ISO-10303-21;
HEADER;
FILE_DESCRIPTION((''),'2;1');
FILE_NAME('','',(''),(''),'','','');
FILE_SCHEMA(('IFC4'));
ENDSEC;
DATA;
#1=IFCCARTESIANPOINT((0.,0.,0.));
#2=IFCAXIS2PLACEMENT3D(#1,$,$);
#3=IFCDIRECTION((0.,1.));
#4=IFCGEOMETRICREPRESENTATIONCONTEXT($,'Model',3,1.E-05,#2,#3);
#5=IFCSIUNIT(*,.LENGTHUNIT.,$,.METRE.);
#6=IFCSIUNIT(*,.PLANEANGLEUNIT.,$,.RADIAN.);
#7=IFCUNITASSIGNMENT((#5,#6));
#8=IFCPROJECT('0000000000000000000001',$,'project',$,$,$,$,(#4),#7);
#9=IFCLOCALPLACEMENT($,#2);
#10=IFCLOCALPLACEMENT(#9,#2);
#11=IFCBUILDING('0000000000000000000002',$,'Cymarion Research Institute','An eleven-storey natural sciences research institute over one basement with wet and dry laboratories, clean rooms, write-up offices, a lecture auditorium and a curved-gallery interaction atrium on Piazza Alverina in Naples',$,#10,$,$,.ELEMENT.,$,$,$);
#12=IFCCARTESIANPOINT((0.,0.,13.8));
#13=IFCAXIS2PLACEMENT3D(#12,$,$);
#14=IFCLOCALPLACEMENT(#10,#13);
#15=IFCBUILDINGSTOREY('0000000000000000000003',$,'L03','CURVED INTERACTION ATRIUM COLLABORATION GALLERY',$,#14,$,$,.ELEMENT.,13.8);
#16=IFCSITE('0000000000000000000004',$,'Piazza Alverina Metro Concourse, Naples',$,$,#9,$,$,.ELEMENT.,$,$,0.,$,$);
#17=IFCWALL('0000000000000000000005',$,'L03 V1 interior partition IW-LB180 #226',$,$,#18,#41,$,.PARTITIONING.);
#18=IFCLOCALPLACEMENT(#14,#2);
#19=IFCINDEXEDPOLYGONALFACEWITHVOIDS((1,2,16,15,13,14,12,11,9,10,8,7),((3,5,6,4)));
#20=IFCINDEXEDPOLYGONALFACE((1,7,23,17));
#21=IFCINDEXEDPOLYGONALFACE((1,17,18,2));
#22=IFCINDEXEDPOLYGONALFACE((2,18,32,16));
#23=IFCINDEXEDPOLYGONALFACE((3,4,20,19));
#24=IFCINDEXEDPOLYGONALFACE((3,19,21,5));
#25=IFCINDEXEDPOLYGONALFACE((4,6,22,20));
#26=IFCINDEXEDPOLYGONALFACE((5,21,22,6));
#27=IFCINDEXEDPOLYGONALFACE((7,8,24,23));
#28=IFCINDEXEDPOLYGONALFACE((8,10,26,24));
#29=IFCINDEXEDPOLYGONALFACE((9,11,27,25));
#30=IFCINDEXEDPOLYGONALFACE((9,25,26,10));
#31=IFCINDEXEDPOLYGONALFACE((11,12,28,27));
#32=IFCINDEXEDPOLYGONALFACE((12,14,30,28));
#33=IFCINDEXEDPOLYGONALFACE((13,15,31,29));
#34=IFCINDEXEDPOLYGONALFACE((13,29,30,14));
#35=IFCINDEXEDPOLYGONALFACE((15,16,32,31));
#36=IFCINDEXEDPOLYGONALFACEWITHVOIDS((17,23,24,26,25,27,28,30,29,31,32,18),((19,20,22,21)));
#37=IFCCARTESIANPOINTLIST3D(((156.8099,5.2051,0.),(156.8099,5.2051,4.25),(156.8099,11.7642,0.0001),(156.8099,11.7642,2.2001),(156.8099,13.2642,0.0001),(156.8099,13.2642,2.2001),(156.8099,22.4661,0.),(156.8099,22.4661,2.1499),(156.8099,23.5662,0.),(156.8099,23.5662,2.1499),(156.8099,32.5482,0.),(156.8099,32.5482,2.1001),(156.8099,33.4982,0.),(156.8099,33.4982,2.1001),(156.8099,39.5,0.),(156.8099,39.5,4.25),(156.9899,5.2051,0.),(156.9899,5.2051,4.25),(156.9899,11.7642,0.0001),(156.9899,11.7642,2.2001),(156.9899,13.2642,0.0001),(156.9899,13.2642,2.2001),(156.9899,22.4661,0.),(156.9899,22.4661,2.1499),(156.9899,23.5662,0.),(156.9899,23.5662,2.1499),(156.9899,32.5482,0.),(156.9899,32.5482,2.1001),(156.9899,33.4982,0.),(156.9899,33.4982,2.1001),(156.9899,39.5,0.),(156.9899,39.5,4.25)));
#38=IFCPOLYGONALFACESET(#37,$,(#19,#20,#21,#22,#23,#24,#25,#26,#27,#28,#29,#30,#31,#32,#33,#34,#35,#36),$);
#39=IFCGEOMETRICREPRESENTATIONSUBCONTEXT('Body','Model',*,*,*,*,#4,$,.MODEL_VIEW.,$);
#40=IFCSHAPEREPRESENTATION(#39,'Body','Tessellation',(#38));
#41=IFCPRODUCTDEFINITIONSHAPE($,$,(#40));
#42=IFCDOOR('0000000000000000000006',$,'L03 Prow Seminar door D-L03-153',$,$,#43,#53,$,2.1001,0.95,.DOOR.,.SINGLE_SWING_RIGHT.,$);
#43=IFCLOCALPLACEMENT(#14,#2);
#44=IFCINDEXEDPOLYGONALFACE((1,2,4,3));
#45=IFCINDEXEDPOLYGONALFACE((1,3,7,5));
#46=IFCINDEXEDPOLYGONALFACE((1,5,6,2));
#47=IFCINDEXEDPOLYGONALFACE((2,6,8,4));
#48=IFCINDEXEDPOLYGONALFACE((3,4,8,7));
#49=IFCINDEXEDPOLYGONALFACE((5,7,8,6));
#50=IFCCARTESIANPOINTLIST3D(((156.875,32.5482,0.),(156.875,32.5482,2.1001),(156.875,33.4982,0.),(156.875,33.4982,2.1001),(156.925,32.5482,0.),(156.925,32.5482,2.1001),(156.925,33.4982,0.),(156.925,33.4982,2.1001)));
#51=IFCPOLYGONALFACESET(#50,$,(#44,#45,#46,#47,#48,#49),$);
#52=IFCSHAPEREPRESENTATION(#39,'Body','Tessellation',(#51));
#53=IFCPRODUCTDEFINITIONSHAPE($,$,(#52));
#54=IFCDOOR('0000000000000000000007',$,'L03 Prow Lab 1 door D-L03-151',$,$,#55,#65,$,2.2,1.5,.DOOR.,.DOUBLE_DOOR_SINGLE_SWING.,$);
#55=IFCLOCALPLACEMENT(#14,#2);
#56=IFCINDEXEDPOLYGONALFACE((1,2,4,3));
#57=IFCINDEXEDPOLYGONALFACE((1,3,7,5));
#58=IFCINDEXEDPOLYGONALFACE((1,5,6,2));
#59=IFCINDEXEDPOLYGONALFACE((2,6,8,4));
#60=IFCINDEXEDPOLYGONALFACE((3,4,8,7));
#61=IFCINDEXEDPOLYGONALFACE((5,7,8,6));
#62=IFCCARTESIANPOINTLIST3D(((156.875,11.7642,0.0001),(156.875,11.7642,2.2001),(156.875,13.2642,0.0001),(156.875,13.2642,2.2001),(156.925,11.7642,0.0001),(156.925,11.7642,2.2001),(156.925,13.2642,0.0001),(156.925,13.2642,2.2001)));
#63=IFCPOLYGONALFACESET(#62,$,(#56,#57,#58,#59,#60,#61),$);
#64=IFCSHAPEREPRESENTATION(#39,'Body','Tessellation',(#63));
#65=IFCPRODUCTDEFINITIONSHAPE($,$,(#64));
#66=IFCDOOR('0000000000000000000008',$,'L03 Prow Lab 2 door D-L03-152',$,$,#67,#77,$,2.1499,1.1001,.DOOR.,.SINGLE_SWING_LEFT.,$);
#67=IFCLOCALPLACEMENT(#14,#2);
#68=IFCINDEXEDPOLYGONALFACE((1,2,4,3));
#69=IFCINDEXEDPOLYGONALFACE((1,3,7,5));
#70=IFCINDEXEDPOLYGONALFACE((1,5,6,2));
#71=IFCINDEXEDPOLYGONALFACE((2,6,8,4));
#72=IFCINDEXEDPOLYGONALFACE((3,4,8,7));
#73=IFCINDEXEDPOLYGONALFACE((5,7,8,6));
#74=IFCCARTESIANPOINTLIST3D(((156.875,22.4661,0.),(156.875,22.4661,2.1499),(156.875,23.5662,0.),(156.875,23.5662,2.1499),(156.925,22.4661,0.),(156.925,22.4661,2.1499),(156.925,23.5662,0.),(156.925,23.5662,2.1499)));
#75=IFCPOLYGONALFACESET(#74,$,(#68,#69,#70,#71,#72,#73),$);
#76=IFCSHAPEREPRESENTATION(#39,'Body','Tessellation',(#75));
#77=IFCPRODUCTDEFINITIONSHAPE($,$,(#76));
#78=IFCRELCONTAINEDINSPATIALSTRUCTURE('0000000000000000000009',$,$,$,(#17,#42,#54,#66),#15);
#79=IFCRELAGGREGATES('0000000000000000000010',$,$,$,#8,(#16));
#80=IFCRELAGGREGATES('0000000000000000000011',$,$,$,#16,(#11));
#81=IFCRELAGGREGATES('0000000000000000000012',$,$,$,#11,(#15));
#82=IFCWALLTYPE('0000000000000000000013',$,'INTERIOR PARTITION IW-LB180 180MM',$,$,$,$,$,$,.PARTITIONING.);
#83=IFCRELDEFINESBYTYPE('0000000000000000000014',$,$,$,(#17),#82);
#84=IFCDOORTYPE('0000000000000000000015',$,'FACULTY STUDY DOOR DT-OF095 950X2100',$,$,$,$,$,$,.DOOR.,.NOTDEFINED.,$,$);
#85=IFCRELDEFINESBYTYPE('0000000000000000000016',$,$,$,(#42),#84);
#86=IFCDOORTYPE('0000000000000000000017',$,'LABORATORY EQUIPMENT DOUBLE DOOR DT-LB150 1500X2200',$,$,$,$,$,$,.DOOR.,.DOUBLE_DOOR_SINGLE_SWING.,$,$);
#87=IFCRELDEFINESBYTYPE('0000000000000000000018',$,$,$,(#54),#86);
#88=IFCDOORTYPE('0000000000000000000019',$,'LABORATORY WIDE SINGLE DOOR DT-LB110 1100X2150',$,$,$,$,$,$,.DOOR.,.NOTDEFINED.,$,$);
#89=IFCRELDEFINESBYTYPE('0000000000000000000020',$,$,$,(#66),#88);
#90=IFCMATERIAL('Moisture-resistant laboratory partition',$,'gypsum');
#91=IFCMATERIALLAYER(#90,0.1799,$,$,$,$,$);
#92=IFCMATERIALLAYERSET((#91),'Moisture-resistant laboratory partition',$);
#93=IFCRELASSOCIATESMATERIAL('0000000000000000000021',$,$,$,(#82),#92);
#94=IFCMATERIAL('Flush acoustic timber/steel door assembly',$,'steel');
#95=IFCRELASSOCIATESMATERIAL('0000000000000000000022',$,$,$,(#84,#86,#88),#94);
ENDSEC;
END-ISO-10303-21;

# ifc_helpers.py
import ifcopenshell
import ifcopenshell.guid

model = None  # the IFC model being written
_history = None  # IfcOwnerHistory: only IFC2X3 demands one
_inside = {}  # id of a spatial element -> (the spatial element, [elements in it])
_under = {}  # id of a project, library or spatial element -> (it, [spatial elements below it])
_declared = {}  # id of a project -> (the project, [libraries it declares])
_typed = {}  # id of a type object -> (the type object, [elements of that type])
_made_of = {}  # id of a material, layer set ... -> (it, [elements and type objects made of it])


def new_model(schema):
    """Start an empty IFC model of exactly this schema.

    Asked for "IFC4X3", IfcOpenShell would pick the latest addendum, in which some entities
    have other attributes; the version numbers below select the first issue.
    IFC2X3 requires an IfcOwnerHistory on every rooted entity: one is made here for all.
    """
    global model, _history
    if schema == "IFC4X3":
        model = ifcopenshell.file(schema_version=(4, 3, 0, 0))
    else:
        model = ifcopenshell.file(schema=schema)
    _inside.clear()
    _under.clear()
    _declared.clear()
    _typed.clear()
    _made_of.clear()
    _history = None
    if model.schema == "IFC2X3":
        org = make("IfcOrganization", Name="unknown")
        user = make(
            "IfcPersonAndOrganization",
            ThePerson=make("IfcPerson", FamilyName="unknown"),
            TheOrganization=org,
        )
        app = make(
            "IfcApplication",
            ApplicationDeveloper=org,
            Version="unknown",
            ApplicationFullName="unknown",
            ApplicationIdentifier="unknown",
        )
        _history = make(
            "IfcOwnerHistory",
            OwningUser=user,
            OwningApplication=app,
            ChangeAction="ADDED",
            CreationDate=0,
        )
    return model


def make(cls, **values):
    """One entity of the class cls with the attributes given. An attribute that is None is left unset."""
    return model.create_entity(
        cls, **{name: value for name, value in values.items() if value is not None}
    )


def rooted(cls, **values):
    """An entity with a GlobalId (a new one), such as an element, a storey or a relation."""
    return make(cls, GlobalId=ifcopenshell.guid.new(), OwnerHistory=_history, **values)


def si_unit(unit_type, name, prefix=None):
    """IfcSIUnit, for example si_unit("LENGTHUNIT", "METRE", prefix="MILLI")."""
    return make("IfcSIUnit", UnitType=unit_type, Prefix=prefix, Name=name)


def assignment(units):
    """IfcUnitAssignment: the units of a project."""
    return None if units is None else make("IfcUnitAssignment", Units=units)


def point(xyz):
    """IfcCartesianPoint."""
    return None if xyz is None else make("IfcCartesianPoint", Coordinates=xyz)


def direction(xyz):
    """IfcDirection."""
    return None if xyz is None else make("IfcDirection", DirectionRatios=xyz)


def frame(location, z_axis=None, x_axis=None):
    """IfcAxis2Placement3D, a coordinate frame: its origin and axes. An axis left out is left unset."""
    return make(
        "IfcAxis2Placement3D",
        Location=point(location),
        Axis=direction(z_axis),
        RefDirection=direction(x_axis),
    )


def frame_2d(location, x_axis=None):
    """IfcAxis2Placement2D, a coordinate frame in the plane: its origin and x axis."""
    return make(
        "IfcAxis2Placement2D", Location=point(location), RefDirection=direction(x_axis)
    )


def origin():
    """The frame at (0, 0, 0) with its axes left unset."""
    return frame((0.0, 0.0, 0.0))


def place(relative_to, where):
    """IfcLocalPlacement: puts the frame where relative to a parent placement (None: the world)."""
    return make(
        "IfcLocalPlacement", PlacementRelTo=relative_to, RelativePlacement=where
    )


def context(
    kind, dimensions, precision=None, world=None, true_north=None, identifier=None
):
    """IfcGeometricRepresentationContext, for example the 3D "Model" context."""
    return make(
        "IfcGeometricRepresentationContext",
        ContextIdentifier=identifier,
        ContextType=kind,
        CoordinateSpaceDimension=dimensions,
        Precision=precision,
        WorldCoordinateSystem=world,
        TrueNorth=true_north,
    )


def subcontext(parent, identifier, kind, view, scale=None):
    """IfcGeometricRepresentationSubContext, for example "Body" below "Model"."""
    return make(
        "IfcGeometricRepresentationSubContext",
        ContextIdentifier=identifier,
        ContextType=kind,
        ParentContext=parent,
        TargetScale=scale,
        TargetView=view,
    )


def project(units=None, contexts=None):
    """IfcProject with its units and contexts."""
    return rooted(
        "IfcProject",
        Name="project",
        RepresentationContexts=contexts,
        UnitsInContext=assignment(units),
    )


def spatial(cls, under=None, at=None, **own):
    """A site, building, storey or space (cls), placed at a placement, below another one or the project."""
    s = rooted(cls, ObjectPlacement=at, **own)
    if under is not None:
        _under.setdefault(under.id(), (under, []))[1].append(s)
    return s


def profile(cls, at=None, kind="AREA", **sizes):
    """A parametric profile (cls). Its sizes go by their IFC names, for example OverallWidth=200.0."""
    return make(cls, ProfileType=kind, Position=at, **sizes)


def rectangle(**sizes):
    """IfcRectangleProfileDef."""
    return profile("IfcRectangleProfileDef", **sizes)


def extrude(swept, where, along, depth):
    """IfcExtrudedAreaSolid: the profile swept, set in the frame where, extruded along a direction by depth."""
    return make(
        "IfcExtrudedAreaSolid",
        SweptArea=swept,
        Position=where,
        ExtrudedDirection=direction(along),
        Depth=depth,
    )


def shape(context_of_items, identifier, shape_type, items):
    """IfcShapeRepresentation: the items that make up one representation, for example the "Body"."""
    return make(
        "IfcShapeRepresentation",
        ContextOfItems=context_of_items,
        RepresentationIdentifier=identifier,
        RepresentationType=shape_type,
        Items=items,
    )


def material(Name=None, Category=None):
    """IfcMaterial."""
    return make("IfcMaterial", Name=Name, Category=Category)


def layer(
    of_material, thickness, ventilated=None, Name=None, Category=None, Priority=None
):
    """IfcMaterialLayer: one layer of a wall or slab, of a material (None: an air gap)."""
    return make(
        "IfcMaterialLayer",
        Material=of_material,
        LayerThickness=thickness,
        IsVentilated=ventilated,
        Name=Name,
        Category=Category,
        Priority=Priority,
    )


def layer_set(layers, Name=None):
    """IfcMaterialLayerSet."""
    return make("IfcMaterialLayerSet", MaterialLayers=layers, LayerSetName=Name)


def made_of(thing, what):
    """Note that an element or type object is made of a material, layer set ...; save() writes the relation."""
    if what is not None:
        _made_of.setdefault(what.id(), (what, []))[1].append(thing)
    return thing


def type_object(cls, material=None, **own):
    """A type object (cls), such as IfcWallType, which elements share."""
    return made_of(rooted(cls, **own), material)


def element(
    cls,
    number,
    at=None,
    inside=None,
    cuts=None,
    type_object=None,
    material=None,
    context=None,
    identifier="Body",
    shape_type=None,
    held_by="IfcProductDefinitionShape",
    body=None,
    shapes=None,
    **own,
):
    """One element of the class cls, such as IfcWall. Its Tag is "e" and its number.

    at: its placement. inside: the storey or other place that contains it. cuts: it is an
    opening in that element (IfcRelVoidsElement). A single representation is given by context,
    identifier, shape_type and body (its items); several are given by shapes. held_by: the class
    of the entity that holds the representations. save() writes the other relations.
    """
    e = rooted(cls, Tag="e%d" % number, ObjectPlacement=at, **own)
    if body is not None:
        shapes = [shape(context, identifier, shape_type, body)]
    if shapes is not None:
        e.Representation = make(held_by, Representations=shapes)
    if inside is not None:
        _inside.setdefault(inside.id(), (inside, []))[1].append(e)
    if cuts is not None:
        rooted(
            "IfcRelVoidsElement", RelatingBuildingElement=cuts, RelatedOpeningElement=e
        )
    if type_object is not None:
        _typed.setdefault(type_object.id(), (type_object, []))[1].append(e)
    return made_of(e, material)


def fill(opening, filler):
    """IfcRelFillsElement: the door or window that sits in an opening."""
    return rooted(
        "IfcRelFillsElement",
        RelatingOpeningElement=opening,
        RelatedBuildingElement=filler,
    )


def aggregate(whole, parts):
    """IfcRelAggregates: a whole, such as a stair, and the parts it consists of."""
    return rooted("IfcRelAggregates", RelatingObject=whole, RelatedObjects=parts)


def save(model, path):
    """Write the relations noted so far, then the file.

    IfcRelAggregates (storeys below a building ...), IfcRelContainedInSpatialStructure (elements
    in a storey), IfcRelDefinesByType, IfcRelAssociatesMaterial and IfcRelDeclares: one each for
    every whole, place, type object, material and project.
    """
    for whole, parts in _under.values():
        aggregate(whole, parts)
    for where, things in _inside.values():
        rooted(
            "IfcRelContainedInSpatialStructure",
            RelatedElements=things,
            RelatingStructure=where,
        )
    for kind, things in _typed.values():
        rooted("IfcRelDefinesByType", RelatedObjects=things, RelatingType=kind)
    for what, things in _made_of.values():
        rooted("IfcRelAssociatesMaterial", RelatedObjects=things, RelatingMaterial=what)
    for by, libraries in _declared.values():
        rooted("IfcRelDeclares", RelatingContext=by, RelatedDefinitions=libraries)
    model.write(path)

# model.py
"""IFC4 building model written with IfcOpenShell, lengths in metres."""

from ifc_helpers import new_model, si_unit, direction, frame, frame_2d, origin, place, context, subcontext, project, spatial, rectangle, extrude, material, layer, layer_set, type_object, element, fill, save


model = new_model("IFC4")

# Units and contexts
model_context = context("Model", 3, precision=1e-05, world=origin(), true_north=direction((0.0, 1.0)))
body_context = subcontext(model_context, "Body", "Model", "MODEL_VIEW")
ifc_project = project(units=[si_unit("LENGTHUNIT", "METRE"), si_unit("PLANEANGLEUNIT", "RADIAN")], contexts=[model_context])

# Site, building, storey
site_placement = place(None, origin())
site = spatial("IfcSite", under=ifc_project, at=site_placement, Name="Piazza Alverina Metro Concourse, Naples", CompositionType="ELEMENT", RefElevation=0.0)
building_placement = place(site_placement, origin())
building = spatial("IfcBuilding", under=site, at=building_placement, Name="Cymarion Research Institute", Description="An eleven-storey natural sciences research institute over one basement with wet and dry laboratories, clean rooms, write-up offices, a lecture auditorium and a curved-gallery interaction atrium on Piazza Alverina in Naples", CompositionType="ELEMENT")
storey_placement = place(building_placement, frame((0.0, 0.0, 13.8)))
storey = spatial("IfcBuildingStorey", under=building, at=storey_placement, Name="L03", Description="CURVED INTERACTION ATRIUM COLLABORATION GALLERY", CompositionType="ELEMENT", Elevation=13.8)

# Wall, openings, doors
ifc_material_1 = material(Name="Moisture-resistant laboratory partition", Category="gypsum")
ifc_layer_1 = layer(ifc_material_1, 0.1799)
ifc_layer_set_1 = layer_set([ifc_layer_1], Name="Moisture-resistant laboratory partition")
wall_type = type_object("IfcWallType", Name="INTERIOR PARTITION IW-LB180 180MM", PredefinedType="PARTITIONING", material=ifc_layer_set_1)
wall_placement = place(storey_placement, frame((156.8999, 5.2051, 0.0), z_axis=(0.0, 0.0, 1.0), x_axis=(0.0, 1.0, 0.0)))
wall = element("IfcWall", 1, at=wall_placement, inside=storey, type_object=wall_type, Name="L03 V1 interior partition IW-LB180 #226", PredefinedType="PARTITIONING", context=body_context, shape_type="SweptSolid", body=[
    extrude(rectangle(XDim=34.2949, YDim=0.1799, at=frame_2d((17.1475, 0.0))), origin(), (0.0, 0.0, 1.0), 4.25),
])
opening_1_placement = place(wall_placement, frame((6.5591, 0.0, 0.0)))
opening_1 = element("IfcOpeningElement", 2, at=opening_1_placement, cuts=wall, PredefinedType="OPENING", context=body_context, shape_type="SweptSolid", body=[
    extrude(rectangle(XDim=1.5, YDim=2.2, at=frame_2d((0.75, 1.1001))), frame((0.0, 0.0999, 0.0), z_axis=(0.0, -1.0, 0.0), x_axis=(1.0, 0.0, 0.0)), (0.0, 0.0, 1.0), 0.2),
])
opening_2_placement = place(wall_placement, frame((17.261, 0.0, 0.0)))
opening_2 = element("IfcOpeningElement", 3, at=opening_2_placement, cuts=wall, PredefinedType="OPENING", context=body_context, shape_type="SweptSolid", body=[
    extrude(rectangle(XDim=1.1001, YDim=2.1499, at=frame_2d((0.55, 1.075))), frame((0.0, 0.0999, 0.0), z_axis=(0.0, -1.0, 0.0), x_axis=(1.0, 0.0, 0.0)), (0.0, 0.0, 1.0), 0.2),
])
opening_3_placement = place(wall_placement, frame((27.343, 0.0, 0.0)))
opening_3 = element("IfcOpeningElement", 4, at=opening_3_placement, cuts=wall, PredefinedType="OPENING", context=body_context, shape_type="SweptSolid", body=[
    extrude(rectangle(XDim=0.95, YDim=2.1001, at=frame_2d((0.4751, 1.05))), frame((0.0, 0.0999, 0.0), z_axis=(0.0, -1.0, 0.0), x_axis=(1.0, 0.0, 0.0)), (0.0, 0.0, 1.0), 0.2),
])
ifc_material_2 = material(Name="Flush acoustic timber/steel door assembly", Category="steel")
door_type_1 = type_object("IfcDoorType", Name="FACULTY STUDY DOOR DT-OF095 950X2100", OperationType="NOTDEFINED", PredefinedType="DOOR", material=ifc_material_2)
door_1_placement = place(opening_3_placement, origin())
door_1 = element("IfcDoor", 5, at=door_1_placement, inside=storey, type_object=door_type_1, Name="L03 Prow Seminar door D-L03-153", OperationType="SINGLE_SWING_RIGHT", OverallHeight=2.1001, OverallWidth=0.95, PredefinedType="DOOR", context=body_context, shape_type="SweptSolid", body=[
    extrude(rectangle(XDim=0.95, YDim=2.1001, at=frame_2d((0.4751, 1.05))), frame((0.0, 0.0249, 0.0), z_axis=(0.0, -1.0, 0.0), x_axis=(1.0, 0.0, 0.0)), (0.0, 0.0, 1.0), 0.05),
])
fill(opening_3, door_1)
door_type_2 = type_object("IfcDoorType", Name="LABORATORY EQUIPMENT DOUBLE DOOR DT-LB150 1500X2200", OperationType="DOUBLE_DOOR_SINGLE_SWING", PredefinedType="DOOR", material=ifc_material_2)
door_2_placement = place(opening_1_placement, origin())
door_2 = element("IfcDoor", 6, at=door_2_placement, inside=storey, type_object=door_type_2, Name="L03 Prow Lab 1 door D-L03-151", OperationType="DOUBLE_DOOR_SINGLE_SWING", OverallHeight=2.2, OverallWidth=1.5, PredefinedType="DOOR", context=body_context, shape_type="SweptSolid", body=[
    extrude(rectangle(XDim=1.5, YDim=2.2, at=frame_2d((0.75, 1.1001))), frame((0.0, 0.0249, 0.0), z_axis=(0.0, -1.0, 0.0), x_axis=(1.0, 0.0, 0.0)), (0.0, 0.0, 1.0), 0.05),
])
fill(opening_1, door_2)
door_type_3 = type_object("IfcDoorType", Name="LABORATORY WIDE SINGLE DOOR DT-LB110 1100X2150", OperationType="NOTDEFINED", PredefinedType="DOOR", material=ifc_material_2)
door_3_placement = place(opening_2_placement, origin())
door_3 = element("IfcDoor", 7, at=door_3_placement, inside=storey, type_object=door_type_3, Name="L03 Prow Lab 2 door D-L03-152", OperationType="SINGLE_SWING_LEFT", OverallHeight=2.1499, OverallWidth=1.1001, PredefinedType="DOOR", context=body_context, shape_type="SweptSolid", body=[
    extrude(rectangle(XDim=1.1001, YDim=2.1499, at=frame_2d((0.55, 1.075))), frame((0.0, 0.0249, 0.0), z_axis=(0.0, -1.0, 0.0), x_axis=(1.0, 0.0, 0.0)), (0.0, 0.0, 1.0), 0.05),
])
fill(opening_2, door_3)

save(model, "model.ifc")
